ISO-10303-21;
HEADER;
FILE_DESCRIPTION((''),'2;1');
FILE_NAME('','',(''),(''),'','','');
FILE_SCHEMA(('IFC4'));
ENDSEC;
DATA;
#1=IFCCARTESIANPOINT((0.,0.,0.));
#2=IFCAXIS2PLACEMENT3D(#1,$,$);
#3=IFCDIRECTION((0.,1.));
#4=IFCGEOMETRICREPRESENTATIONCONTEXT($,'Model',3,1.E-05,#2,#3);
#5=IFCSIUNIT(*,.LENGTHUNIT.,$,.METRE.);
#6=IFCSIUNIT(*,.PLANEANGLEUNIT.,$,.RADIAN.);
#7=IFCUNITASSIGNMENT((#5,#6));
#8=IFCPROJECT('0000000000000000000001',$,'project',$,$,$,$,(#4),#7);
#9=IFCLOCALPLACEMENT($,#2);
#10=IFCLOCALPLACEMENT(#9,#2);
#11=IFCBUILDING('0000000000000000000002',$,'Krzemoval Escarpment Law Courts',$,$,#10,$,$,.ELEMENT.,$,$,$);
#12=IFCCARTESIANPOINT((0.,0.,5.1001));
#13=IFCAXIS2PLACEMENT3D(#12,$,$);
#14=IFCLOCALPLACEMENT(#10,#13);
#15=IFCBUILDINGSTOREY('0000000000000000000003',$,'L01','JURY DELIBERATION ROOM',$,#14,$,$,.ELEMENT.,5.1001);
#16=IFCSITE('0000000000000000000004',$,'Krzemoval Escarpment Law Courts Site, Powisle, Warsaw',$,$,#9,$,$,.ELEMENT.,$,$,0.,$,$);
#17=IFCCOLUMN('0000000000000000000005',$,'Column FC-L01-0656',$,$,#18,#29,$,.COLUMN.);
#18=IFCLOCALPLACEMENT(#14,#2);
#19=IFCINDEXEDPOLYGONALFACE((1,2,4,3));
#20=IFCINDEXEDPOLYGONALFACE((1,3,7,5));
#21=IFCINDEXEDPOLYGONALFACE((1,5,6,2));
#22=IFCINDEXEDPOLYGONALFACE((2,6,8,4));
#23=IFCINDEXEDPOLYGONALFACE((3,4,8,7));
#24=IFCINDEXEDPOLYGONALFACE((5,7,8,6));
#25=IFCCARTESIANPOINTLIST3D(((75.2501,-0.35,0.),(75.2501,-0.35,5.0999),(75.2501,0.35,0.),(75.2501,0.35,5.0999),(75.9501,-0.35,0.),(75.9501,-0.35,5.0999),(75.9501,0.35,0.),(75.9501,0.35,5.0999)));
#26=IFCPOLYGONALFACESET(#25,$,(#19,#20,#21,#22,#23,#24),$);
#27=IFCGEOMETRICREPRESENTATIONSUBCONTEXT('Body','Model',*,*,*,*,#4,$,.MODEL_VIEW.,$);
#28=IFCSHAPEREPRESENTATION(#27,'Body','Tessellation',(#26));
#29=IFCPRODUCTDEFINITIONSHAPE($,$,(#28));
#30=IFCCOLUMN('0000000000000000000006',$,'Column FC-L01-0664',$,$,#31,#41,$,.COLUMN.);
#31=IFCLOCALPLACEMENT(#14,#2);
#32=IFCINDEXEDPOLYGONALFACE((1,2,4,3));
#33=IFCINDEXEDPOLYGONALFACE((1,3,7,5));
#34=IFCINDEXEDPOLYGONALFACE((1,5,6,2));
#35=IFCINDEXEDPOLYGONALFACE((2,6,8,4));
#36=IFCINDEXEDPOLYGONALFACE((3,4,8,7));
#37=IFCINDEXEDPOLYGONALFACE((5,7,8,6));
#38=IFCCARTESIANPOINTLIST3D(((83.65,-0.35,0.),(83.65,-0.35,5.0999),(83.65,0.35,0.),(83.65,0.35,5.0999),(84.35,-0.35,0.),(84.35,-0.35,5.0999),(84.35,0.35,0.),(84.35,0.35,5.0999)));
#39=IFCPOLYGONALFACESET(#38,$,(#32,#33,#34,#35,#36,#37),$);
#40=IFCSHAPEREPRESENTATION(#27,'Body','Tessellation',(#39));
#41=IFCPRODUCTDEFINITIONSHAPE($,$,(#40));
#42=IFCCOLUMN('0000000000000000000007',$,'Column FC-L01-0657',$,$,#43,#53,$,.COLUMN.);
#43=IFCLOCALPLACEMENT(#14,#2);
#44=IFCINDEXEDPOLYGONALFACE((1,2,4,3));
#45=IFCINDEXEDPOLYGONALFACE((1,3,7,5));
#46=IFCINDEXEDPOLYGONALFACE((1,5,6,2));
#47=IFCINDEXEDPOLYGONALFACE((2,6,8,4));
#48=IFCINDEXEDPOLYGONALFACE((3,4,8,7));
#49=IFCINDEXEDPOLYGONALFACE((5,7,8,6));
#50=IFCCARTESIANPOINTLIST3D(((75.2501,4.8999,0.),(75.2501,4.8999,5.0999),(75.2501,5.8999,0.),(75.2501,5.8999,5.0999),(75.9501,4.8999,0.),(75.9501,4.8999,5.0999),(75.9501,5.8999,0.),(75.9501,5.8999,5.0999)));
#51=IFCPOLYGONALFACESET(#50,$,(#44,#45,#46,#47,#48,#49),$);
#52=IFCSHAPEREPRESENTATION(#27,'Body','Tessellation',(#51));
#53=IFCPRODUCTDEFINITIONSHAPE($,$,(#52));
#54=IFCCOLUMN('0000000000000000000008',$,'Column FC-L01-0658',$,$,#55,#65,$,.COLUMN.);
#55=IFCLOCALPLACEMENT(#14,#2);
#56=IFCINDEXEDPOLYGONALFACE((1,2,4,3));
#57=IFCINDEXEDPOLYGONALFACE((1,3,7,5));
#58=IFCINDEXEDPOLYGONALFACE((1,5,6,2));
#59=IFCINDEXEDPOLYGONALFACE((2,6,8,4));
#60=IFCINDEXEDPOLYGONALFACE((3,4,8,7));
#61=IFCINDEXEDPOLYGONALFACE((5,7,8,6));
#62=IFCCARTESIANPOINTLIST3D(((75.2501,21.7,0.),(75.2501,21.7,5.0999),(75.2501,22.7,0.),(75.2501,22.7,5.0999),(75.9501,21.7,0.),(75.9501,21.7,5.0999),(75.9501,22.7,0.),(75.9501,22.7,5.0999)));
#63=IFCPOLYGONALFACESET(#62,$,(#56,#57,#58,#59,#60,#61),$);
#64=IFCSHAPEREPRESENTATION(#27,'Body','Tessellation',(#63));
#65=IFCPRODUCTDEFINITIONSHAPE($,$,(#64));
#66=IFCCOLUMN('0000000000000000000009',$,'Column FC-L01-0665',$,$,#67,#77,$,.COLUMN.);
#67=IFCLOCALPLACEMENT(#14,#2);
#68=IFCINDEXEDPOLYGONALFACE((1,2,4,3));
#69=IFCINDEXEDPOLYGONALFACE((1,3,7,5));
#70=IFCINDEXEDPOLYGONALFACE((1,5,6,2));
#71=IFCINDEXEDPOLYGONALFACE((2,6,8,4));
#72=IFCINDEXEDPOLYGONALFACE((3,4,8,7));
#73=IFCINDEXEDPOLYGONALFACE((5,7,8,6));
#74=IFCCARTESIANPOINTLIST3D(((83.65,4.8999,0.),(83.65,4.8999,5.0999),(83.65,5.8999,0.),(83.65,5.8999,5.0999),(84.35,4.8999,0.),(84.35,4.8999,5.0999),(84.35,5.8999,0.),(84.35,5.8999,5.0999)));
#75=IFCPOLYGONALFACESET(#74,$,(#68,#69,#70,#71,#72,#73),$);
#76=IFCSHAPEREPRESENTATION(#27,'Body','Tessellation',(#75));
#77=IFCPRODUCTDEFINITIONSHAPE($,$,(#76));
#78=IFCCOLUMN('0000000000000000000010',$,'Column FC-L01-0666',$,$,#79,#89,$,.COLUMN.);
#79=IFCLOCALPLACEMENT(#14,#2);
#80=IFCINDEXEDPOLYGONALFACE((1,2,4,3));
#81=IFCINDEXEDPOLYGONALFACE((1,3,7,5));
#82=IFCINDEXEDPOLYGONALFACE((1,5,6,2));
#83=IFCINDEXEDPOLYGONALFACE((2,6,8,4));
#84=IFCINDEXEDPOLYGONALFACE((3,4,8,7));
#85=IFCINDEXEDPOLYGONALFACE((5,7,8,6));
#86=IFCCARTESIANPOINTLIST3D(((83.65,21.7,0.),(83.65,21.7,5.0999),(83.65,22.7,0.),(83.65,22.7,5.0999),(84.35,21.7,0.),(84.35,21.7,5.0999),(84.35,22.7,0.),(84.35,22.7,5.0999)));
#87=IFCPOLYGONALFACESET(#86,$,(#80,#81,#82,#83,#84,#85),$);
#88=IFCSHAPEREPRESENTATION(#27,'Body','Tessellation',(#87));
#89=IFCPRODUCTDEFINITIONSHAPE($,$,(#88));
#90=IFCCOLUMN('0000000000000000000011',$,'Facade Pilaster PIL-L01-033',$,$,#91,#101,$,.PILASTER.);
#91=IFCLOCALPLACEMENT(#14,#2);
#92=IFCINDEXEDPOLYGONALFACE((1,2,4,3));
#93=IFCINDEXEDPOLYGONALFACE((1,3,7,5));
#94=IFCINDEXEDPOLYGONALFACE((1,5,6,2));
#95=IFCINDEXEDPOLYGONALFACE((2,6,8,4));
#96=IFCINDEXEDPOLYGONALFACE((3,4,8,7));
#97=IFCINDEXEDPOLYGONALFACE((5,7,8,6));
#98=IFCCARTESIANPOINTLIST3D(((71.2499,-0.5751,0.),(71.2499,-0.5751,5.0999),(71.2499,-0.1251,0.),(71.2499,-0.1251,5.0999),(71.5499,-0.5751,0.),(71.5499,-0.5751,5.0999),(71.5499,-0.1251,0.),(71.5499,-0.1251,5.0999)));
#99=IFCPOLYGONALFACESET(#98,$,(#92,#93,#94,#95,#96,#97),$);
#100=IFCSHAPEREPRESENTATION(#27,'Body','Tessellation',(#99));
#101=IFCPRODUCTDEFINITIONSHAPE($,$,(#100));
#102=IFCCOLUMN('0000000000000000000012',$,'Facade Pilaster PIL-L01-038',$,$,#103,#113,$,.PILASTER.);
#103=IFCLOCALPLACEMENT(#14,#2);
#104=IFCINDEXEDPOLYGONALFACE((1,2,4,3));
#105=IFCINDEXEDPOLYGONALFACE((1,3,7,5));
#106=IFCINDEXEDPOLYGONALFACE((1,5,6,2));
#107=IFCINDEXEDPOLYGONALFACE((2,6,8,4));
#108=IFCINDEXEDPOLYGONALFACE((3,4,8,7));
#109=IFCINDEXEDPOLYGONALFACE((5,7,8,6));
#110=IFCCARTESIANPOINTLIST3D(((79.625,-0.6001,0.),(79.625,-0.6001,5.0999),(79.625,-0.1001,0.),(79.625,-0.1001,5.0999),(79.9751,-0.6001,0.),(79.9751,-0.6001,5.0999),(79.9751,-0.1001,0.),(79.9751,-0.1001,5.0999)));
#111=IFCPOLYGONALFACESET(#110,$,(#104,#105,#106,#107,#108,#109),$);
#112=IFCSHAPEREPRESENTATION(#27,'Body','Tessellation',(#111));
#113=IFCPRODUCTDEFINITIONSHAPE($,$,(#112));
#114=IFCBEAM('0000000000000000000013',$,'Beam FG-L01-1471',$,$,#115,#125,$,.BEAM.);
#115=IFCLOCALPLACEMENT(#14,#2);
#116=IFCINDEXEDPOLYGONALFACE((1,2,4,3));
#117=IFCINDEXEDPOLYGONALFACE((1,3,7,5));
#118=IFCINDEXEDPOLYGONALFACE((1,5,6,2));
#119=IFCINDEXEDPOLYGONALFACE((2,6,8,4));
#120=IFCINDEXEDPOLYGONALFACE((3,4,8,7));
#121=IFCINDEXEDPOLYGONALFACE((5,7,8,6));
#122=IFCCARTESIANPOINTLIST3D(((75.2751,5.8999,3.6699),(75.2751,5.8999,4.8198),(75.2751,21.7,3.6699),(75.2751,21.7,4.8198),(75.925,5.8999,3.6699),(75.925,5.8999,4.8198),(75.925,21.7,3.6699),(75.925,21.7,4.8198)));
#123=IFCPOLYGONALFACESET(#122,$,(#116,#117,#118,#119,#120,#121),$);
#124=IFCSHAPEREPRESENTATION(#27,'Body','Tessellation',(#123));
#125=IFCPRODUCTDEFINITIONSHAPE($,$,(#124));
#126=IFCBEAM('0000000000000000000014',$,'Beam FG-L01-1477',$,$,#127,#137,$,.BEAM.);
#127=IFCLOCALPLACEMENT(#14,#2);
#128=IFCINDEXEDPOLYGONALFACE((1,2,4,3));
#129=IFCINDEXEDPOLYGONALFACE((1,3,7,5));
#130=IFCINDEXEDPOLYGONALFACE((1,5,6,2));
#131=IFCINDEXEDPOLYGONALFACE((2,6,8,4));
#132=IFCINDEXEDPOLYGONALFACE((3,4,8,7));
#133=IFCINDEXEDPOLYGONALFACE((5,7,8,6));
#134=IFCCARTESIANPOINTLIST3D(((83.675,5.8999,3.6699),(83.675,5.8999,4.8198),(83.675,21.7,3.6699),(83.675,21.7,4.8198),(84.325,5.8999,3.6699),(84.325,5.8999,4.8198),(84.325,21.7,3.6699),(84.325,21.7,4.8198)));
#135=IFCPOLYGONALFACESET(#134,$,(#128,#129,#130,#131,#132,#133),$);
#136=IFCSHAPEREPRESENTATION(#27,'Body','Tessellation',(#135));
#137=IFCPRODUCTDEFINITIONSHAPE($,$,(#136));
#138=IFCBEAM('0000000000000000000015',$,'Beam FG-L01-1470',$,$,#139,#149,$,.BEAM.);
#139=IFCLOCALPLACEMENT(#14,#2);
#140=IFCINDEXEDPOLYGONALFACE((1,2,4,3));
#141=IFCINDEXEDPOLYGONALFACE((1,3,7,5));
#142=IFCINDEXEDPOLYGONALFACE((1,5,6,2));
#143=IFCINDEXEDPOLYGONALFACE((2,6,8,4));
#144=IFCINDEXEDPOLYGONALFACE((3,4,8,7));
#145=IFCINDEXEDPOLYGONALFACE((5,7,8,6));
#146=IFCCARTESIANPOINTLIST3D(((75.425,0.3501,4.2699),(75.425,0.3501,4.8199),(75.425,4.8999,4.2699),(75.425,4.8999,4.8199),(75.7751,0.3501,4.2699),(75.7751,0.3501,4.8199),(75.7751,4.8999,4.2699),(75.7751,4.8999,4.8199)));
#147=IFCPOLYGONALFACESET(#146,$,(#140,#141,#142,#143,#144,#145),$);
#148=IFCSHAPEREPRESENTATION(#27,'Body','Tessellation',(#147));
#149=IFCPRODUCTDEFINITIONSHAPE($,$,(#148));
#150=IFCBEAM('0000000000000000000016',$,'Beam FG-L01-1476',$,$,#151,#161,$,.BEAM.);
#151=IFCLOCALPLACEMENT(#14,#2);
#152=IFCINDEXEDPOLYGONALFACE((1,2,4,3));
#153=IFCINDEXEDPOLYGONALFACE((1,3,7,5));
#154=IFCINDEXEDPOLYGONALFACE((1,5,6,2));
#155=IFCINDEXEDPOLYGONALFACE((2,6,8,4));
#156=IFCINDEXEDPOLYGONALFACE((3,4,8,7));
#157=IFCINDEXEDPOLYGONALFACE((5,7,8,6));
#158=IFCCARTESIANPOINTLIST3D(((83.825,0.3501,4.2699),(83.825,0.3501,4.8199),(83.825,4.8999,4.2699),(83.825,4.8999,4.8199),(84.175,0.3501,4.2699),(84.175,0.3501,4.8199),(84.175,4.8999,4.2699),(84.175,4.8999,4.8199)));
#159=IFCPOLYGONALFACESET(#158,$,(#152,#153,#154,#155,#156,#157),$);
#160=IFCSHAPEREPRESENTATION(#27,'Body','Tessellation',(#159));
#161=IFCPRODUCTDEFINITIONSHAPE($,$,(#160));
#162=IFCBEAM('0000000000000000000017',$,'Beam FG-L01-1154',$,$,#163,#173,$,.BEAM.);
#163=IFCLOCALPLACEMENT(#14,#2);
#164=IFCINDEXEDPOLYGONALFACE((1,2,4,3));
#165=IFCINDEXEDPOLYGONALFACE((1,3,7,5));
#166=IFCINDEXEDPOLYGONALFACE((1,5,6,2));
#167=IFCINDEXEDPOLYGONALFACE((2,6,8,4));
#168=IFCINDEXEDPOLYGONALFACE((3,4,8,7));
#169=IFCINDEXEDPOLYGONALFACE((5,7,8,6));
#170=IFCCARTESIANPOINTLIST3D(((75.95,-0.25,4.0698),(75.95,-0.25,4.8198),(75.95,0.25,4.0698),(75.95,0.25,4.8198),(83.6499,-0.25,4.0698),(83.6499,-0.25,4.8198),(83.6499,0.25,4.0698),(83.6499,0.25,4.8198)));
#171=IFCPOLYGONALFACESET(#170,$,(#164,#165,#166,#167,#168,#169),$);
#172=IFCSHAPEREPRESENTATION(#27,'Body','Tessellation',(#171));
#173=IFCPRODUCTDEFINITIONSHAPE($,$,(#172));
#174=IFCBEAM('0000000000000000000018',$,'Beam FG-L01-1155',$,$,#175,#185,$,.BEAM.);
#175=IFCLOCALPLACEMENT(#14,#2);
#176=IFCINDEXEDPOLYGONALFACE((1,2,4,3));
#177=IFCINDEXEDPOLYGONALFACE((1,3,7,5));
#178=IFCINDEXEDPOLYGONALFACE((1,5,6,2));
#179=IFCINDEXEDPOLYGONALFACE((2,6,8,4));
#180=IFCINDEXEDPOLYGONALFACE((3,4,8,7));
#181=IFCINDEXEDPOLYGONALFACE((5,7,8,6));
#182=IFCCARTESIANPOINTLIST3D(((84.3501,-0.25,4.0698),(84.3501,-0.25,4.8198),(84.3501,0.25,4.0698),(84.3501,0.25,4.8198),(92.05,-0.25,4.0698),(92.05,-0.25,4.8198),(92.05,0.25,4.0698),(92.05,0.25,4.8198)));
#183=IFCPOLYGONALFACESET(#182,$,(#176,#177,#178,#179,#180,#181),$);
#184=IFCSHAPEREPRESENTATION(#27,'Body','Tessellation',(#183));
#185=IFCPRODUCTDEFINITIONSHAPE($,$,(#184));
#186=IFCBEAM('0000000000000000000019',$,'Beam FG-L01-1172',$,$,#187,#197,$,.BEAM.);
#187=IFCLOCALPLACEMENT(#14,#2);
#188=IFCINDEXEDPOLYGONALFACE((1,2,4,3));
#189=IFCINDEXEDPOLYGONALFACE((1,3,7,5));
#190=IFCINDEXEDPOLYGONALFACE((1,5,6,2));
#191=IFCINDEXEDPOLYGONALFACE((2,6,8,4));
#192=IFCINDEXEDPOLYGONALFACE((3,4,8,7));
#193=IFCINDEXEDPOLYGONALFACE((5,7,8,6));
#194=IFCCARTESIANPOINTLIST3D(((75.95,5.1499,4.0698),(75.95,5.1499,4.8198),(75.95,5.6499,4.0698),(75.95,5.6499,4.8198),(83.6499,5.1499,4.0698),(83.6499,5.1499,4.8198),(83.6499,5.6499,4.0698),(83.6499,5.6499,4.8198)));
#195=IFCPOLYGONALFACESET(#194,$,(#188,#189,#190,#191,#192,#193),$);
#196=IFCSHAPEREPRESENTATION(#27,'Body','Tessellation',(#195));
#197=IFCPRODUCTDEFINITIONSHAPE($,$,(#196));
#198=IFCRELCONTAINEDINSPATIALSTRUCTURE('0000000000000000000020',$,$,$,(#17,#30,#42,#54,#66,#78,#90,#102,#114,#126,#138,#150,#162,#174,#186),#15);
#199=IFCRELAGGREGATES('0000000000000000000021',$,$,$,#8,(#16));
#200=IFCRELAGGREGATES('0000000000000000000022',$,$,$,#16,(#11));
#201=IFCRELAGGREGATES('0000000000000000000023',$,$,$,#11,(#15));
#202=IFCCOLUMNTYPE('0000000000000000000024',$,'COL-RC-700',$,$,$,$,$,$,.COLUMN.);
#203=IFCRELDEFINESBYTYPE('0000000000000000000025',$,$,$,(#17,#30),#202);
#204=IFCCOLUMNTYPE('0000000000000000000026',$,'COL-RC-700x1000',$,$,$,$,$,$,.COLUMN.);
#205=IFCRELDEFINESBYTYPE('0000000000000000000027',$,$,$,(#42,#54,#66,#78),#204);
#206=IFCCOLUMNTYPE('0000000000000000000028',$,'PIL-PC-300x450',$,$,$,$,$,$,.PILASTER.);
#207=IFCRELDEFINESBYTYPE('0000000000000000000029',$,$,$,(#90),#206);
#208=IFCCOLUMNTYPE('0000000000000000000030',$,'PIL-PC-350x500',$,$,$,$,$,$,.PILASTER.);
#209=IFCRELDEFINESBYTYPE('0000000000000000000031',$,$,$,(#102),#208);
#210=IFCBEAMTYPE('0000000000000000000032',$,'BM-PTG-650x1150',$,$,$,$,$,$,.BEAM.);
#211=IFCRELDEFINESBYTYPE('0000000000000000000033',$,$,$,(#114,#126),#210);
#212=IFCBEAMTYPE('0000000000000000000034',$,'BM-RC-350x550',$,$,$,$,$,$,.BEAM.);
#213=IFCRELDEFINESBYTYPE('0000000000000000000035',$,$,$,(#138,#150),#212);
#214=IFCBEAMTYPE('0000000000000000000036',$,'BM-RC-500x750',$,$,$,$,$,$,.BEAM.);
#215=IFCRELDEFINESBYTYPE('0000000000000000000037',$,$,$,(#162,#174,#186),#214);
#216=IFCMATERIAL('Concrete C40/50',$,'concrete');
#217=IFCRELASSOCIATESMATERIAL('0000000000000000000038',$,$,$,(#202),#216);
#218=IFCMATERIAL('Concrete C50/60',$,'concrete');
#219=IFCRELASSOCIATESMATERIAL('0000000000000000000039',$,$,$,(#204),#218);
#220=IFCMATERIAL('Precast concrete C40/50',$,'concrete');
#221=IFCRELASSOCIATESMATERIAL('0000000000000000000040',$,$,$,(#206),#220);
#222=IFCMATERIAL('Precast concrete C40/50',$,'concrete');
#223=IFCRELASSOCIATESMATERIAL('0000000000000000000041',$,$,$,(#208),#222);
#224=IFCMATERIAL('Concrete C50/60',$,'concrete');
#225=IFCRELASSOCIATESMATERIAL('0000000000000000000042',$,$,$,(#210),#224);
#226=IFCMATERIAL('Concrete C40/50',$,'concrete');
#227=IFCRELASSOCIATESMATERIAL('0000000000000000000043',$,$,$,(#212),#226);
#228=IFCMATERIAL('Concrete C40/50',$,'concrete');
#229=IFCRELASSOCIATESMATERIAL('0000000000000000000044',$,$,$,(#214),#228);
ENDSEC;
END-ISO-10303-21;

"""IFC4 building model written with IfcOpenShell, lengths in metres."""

from ifc_helpers import new_model, si_unit, direction, frame, origin, origin_2d, place, context, subcontext, project, spatial, rectangle, extrude, material, material_profile, profile_set, type_object, element, save


model = new_model("IFC4")

# Units and contexts
model_context = context("Model", 3, precision=1e-05, world=origin(), true_north=direction((0.0, 1.0)))
body_context = subcontext(model_context, "Body", "Model", "MODEL_VIEW")
ifc_project = project(units=[si_unit("LENGTHUNIT", "METRE"), si_unit("PLANEANGLEUNIT", "RADIAN")], contexts=[model_context])

# Site, building, storey
site_placement = place(None, origin())
site = spatial("IfcSite", under=ifc_project, at=site_placement, Name="Krzemoval Escarpment Law Courts Site, Powisle, Warsaw", CompositionType="ELEMENT", RefElevation=0.0)
building_placement = place(site_placement, origin())
building = spatial("IfcBuilding", under=site, at=building_placement, Name="Krzemoval Escarpment Law Courts", CompositionType="ELEMENT")
storey_placement = place(building_placement, frame((0.0, 0.0, 5.1001)))
storey = spatial("IfcBuildingStorey", under=building, at=storey_placement, Name="L01", Description="JURY DELIBERATION ROOM", CompositionType="ELEMENT", Elevation=5.1001)

# Columns
ifc_material_1 = material(Name="Concrete C40/50", Category="concrete")
ifc_material_profile_1 = material_profile(ifc_material_1, rectangle(XDim=0.7, YDim=0.7, at=origin_2d()), Name="RC 700x700")
ifc_profile_set_1 = profile_set([ifc_material_profile_1], Name="Concrete C40/50")
column_type_1 = type_object("IfcColumnType", Name="COL-RC-700", PredefinedType="COLUMN", material=ifc_profile_set_1)
for number, where, z_axis, x_axis, name in (
    (1, (75.6001, 0.0, 0.0), (0.0, 0.0, 1.0), (1.0, 0.0, 0.0), "Column FC-L01-0656"),
    (2, (84.0, 0.0, 0.0), (0.0, 0.0, 1.0), (1.0, 0.0, 0.0), "Column FC-L01-0664"),
):
    element("IfcColumn", number, at=place(storey_placement, frame(where, z_axis=z_axis, x_axis=x_axis)), inside=storey, type_object=column_type_1, Name=name, PredefinedType="COLUMN", context=body_context, shape_type="SweptSolid", body=[
        extrude(rectangle(XDim=0.7, YDim=0.7, at=origin_2d()), origin(), (0.0, 0.0, 1.0), 5.0999),
    ])
ifc_material_2 = material(Name="Concrete C50/60", Category="concrete")
ifc_material_profile_2 = material_profile(ifc_material_2, rectangle(XDim=0.7, YDim=1.0, at=origin_2d()), Name="RC 700x1000")
ifc_profile_set_2 = profile_set([ifc_material_profile_2], Name="Concrete C50/60")
column_type_2 = type_object("IfcColumnType", Name="COL-RC-700x1000", PredefinedType="COLUMN", material=ifc_profile_set_2)
for number, where, z_axis, x_axis, name in (
    (3, (75.6001, 5.3999, 0.0), (0.0, 0.0, 1.0), (1.0, 0.0, 0.0), "Column FC-L01-0657"),
    (4, (75.6001, 22.2, 0.0), (0.0, 0.0, 1.0), (1.0, 0.0, 0.0), "Column FC-L01-0658"),
    (5, (84.0, 5.3999, 0.0), (0.0, 0.0, 1.0), (1.0, 0.0, 0.0), "Column FC-L01-0665"),
    (6, (84.0, 22.2, 0.0), (0.0, 0.0, 1.0), (1.0, 0.0, 0.0), "Column FC-L01-0666"),
):
    element("IfcColumn", number, at=place(storey_placement, frame(where, z_axis=z_axis, x_axis=x_axis)), inside=storey, type_object=column_type_2, Name=name, PredefinedType="COLUMN", context=body_context, shape_type="SweptSolid", body=[
        extrude(rectangle(XDim=0.7, YDim=1.0, at=origin_2d()), origin(), (0.0, 0.0, 1.0), 5.0999),
    ])
ifc_material_3 = material(Name="Precast concrete C40/50", Category="concrete")
ifc_material_profile_3 = material_profile(ifc_material_3, rectangle(XDim=0.3, YDim=0.45, at=origin_2d()), Name="PIL 300x450")
ifc_profile_set_3 = profile_set([ifc_material_profile_3], Name="Precast concrete C40/50")
column_type_3 = type_object("IfcColumnType", Name="PIL-PC-300x450", PredefinedType="PILASTER", material=ifc_profile_set_3)
column_1_placement = place(storey_placement, frame((71.3999, -0.3501, 0.0), z_axis=(0.0, 0.0, 1.0), x_axis=(1.0, 0.0, 0.0)))
element("IfcColumn", 7, at=column_1_placement, inside=storey, type_object=column_type_3, Name="Facade Pilaster PIL-L01-033", PredefinedType="PILASTER", context=body_context, shape_type="SweptSolid", body=[
    extrude(rectangle(XDim=0.3, YDim=0.45, at=origin_2d()), origin(), (0.0, 0.0, 1.0), 5.0999),
])
ifc_material_4 = material(Name="Precast concrete C40/50", Category="concrete")
ifc_material_profile_4 = material_profile(ifc_material_4, rectangle(XDim=0.3501, YDim=0.5, at=origin_2d()), Name="PIL 350x500")
ifc_profile_set_4 = profile_set([ifc_material_profile_4], Name="Precast concrete C40/50")
column_type_4 = type_object("IfcColumnType", Name="PIL-PC-350x500", PredefinedType="PILASTER", material=ifc_profile_set_4)
column_2_placement = place(storey_placement, frame((79.8, -0.3501, 0.0), z_axis=(0.0, 0.0, 1.0), x_axis=(1.0, 0.0, 0.0)))
element("IfcColumn", 8, at=column_2_placement, inside=storey, type_object=column_type_4, Name="Facade Pilaster PIL-L01-038", PredefinedType="PILASTER", context=body_context, shape_type="SweptSolid", body=[
    extrude(rectangle(XDim=0.3501, YDim=0.5, at=origin_2d()), origin(), (0.0, 0.0, 1.0), 5.0999),
])

# Beams
ifc_material_5 = material(Name="Concrete C50/60", Category="concrete")
ifc_material_profile_5 = material_profile(ifc_material_5, rectangle(XDim=0.6499, YDim=1.1499, at=origin_2d()), Name="PTG 650x1150")
ifc_profile_set_5 = profile_set([ifc_material_profile_5], Name="Concrete C50/60")
beam_type_1 = type_object("IfcBeamType", Name="BM-PTG-650x1150", PredefinedType="BEAM", material=ifc_profile_set_5)
for number, where, z_axis, x_axis, name in (
    (9, (75.6001, 5.8999, 4.2449), (0.0, 1.0, 0.0), (-1.0, 0.0, 0.0), "Beam FG-L01-1471"),
    (10, (84.0, 5.8999, 4.2449), (0.0, 1.0, 0.0), (-1.0, 0.0, 0.0), "Beam FG-L01-1477"),
):
    element("IfcBeam", number, at=place(storey_placement, frame(where, z_axis=z_axis, x_axis=x_axis)), inside=storey, type_object=beam_type_1, Name=name, PredefinedType="BEAM", context=body_context, shape_type="SweptSolid", body=[
        extrude(rectangle(XDim=0.6499, YDim=1.1499, at=origin_2d()), origin(), (0.0, 0.0, 1.0), 15.8),
    ])
ifc_material_6 = material(Name="Concrete C40/50", Category="concrete")
ifc_material_profile_6 = material_profile(ifc_material_6, rectangle(XDim=0.3501, YDim=0.55, at=origin_2d()), Name="RCB 350x550")
ifc_profile_set_6 = profile_set([ifc_material_profile_6], Name="Concrete C40/50")
beam_type_2 = type_object("IfcBeamType", Name="BM-RC-350x550", PredefinedType="BEAM", material=ifc_profile_set_6)
for number, where, z_axis, x_axis, name in (
    (11, (75.6001, 0.3501, 4.5449), (0.0, 1.0, 0.0), (-1.0, 0.0, 0.0), "Beam FG-L01-1470"),
    (12, (84.0, 0.3501, 4.5449), (0.0, 1.0, 0.0), (-1.0, 0.0, 0.0), "Beam FG-L01-1476"),
):
    element("IfcBeam", number, at=place(storey_placement, frame(where, z_axis=z_axis, x_axis=x_axis)), inside=storey, type_object=beam_type_2, Name=name, PredefinedType="BEAM", context=body_context, shape_type="SweptSolid", body=[
        extrude(rectangle(XDim=0.3501, YDim=0.55, at=origin_2d()), origin(), (0.0, 0.0, 1.0), 4.5498),
    ])
ifc_material_7 = material(Name="Concrete C40/50", Category="concrete")
ifc_material_profile_7 = material_profile(ifc_material_7, rectangle(XDim=0.5, YDim=0.75, at=origin_2d()), Name="RCB 500x750")
ifc_profile_set_7 = profile_set([ifc_material_profile_7], Name="Concrete C40/50")
beam_type_3 = type_object("IfcBeamType", Name="BM-RC-500x750", PredefinedType="BEAM", material=ifc_profile_set_7)
for number, where, z_axis, x_axis, name in (
    (13, (75.95, 0.0, 4.4448), (1.0, 0.0, 0.0), (0.0, 1.0, 0.0), "Beam FG-L01-1154"),
    (14, (84.3501, 0.0, 4.4448), (1.0, 0.0, 0.0), (0.0, 1.0, 0.0), "Beam FG-L01-1155"),
    (15, (75.95, 5.3999, 4.4448), (1.0, 0.0, 0.0), (0.0, 1.0, 0.0), "Beam FG-L01-1172"),
):
    element("IfcBeam", number, at=place(storey_placement, frame(where, z_axis=z_axis, x_axis=x_axis)), inside=storey, type_object=beam_type_3, Name=name, PredefinedType="BEAM", context=body_context, shape_type="SweptSolid", body=[
        extrude(rectangle(XDim=0.5, YDim=0.75, at=origin_2d()), origin(), (0.0, 0.0, 1.0), 7.7),
    ])

save(model, "model.ifc")
